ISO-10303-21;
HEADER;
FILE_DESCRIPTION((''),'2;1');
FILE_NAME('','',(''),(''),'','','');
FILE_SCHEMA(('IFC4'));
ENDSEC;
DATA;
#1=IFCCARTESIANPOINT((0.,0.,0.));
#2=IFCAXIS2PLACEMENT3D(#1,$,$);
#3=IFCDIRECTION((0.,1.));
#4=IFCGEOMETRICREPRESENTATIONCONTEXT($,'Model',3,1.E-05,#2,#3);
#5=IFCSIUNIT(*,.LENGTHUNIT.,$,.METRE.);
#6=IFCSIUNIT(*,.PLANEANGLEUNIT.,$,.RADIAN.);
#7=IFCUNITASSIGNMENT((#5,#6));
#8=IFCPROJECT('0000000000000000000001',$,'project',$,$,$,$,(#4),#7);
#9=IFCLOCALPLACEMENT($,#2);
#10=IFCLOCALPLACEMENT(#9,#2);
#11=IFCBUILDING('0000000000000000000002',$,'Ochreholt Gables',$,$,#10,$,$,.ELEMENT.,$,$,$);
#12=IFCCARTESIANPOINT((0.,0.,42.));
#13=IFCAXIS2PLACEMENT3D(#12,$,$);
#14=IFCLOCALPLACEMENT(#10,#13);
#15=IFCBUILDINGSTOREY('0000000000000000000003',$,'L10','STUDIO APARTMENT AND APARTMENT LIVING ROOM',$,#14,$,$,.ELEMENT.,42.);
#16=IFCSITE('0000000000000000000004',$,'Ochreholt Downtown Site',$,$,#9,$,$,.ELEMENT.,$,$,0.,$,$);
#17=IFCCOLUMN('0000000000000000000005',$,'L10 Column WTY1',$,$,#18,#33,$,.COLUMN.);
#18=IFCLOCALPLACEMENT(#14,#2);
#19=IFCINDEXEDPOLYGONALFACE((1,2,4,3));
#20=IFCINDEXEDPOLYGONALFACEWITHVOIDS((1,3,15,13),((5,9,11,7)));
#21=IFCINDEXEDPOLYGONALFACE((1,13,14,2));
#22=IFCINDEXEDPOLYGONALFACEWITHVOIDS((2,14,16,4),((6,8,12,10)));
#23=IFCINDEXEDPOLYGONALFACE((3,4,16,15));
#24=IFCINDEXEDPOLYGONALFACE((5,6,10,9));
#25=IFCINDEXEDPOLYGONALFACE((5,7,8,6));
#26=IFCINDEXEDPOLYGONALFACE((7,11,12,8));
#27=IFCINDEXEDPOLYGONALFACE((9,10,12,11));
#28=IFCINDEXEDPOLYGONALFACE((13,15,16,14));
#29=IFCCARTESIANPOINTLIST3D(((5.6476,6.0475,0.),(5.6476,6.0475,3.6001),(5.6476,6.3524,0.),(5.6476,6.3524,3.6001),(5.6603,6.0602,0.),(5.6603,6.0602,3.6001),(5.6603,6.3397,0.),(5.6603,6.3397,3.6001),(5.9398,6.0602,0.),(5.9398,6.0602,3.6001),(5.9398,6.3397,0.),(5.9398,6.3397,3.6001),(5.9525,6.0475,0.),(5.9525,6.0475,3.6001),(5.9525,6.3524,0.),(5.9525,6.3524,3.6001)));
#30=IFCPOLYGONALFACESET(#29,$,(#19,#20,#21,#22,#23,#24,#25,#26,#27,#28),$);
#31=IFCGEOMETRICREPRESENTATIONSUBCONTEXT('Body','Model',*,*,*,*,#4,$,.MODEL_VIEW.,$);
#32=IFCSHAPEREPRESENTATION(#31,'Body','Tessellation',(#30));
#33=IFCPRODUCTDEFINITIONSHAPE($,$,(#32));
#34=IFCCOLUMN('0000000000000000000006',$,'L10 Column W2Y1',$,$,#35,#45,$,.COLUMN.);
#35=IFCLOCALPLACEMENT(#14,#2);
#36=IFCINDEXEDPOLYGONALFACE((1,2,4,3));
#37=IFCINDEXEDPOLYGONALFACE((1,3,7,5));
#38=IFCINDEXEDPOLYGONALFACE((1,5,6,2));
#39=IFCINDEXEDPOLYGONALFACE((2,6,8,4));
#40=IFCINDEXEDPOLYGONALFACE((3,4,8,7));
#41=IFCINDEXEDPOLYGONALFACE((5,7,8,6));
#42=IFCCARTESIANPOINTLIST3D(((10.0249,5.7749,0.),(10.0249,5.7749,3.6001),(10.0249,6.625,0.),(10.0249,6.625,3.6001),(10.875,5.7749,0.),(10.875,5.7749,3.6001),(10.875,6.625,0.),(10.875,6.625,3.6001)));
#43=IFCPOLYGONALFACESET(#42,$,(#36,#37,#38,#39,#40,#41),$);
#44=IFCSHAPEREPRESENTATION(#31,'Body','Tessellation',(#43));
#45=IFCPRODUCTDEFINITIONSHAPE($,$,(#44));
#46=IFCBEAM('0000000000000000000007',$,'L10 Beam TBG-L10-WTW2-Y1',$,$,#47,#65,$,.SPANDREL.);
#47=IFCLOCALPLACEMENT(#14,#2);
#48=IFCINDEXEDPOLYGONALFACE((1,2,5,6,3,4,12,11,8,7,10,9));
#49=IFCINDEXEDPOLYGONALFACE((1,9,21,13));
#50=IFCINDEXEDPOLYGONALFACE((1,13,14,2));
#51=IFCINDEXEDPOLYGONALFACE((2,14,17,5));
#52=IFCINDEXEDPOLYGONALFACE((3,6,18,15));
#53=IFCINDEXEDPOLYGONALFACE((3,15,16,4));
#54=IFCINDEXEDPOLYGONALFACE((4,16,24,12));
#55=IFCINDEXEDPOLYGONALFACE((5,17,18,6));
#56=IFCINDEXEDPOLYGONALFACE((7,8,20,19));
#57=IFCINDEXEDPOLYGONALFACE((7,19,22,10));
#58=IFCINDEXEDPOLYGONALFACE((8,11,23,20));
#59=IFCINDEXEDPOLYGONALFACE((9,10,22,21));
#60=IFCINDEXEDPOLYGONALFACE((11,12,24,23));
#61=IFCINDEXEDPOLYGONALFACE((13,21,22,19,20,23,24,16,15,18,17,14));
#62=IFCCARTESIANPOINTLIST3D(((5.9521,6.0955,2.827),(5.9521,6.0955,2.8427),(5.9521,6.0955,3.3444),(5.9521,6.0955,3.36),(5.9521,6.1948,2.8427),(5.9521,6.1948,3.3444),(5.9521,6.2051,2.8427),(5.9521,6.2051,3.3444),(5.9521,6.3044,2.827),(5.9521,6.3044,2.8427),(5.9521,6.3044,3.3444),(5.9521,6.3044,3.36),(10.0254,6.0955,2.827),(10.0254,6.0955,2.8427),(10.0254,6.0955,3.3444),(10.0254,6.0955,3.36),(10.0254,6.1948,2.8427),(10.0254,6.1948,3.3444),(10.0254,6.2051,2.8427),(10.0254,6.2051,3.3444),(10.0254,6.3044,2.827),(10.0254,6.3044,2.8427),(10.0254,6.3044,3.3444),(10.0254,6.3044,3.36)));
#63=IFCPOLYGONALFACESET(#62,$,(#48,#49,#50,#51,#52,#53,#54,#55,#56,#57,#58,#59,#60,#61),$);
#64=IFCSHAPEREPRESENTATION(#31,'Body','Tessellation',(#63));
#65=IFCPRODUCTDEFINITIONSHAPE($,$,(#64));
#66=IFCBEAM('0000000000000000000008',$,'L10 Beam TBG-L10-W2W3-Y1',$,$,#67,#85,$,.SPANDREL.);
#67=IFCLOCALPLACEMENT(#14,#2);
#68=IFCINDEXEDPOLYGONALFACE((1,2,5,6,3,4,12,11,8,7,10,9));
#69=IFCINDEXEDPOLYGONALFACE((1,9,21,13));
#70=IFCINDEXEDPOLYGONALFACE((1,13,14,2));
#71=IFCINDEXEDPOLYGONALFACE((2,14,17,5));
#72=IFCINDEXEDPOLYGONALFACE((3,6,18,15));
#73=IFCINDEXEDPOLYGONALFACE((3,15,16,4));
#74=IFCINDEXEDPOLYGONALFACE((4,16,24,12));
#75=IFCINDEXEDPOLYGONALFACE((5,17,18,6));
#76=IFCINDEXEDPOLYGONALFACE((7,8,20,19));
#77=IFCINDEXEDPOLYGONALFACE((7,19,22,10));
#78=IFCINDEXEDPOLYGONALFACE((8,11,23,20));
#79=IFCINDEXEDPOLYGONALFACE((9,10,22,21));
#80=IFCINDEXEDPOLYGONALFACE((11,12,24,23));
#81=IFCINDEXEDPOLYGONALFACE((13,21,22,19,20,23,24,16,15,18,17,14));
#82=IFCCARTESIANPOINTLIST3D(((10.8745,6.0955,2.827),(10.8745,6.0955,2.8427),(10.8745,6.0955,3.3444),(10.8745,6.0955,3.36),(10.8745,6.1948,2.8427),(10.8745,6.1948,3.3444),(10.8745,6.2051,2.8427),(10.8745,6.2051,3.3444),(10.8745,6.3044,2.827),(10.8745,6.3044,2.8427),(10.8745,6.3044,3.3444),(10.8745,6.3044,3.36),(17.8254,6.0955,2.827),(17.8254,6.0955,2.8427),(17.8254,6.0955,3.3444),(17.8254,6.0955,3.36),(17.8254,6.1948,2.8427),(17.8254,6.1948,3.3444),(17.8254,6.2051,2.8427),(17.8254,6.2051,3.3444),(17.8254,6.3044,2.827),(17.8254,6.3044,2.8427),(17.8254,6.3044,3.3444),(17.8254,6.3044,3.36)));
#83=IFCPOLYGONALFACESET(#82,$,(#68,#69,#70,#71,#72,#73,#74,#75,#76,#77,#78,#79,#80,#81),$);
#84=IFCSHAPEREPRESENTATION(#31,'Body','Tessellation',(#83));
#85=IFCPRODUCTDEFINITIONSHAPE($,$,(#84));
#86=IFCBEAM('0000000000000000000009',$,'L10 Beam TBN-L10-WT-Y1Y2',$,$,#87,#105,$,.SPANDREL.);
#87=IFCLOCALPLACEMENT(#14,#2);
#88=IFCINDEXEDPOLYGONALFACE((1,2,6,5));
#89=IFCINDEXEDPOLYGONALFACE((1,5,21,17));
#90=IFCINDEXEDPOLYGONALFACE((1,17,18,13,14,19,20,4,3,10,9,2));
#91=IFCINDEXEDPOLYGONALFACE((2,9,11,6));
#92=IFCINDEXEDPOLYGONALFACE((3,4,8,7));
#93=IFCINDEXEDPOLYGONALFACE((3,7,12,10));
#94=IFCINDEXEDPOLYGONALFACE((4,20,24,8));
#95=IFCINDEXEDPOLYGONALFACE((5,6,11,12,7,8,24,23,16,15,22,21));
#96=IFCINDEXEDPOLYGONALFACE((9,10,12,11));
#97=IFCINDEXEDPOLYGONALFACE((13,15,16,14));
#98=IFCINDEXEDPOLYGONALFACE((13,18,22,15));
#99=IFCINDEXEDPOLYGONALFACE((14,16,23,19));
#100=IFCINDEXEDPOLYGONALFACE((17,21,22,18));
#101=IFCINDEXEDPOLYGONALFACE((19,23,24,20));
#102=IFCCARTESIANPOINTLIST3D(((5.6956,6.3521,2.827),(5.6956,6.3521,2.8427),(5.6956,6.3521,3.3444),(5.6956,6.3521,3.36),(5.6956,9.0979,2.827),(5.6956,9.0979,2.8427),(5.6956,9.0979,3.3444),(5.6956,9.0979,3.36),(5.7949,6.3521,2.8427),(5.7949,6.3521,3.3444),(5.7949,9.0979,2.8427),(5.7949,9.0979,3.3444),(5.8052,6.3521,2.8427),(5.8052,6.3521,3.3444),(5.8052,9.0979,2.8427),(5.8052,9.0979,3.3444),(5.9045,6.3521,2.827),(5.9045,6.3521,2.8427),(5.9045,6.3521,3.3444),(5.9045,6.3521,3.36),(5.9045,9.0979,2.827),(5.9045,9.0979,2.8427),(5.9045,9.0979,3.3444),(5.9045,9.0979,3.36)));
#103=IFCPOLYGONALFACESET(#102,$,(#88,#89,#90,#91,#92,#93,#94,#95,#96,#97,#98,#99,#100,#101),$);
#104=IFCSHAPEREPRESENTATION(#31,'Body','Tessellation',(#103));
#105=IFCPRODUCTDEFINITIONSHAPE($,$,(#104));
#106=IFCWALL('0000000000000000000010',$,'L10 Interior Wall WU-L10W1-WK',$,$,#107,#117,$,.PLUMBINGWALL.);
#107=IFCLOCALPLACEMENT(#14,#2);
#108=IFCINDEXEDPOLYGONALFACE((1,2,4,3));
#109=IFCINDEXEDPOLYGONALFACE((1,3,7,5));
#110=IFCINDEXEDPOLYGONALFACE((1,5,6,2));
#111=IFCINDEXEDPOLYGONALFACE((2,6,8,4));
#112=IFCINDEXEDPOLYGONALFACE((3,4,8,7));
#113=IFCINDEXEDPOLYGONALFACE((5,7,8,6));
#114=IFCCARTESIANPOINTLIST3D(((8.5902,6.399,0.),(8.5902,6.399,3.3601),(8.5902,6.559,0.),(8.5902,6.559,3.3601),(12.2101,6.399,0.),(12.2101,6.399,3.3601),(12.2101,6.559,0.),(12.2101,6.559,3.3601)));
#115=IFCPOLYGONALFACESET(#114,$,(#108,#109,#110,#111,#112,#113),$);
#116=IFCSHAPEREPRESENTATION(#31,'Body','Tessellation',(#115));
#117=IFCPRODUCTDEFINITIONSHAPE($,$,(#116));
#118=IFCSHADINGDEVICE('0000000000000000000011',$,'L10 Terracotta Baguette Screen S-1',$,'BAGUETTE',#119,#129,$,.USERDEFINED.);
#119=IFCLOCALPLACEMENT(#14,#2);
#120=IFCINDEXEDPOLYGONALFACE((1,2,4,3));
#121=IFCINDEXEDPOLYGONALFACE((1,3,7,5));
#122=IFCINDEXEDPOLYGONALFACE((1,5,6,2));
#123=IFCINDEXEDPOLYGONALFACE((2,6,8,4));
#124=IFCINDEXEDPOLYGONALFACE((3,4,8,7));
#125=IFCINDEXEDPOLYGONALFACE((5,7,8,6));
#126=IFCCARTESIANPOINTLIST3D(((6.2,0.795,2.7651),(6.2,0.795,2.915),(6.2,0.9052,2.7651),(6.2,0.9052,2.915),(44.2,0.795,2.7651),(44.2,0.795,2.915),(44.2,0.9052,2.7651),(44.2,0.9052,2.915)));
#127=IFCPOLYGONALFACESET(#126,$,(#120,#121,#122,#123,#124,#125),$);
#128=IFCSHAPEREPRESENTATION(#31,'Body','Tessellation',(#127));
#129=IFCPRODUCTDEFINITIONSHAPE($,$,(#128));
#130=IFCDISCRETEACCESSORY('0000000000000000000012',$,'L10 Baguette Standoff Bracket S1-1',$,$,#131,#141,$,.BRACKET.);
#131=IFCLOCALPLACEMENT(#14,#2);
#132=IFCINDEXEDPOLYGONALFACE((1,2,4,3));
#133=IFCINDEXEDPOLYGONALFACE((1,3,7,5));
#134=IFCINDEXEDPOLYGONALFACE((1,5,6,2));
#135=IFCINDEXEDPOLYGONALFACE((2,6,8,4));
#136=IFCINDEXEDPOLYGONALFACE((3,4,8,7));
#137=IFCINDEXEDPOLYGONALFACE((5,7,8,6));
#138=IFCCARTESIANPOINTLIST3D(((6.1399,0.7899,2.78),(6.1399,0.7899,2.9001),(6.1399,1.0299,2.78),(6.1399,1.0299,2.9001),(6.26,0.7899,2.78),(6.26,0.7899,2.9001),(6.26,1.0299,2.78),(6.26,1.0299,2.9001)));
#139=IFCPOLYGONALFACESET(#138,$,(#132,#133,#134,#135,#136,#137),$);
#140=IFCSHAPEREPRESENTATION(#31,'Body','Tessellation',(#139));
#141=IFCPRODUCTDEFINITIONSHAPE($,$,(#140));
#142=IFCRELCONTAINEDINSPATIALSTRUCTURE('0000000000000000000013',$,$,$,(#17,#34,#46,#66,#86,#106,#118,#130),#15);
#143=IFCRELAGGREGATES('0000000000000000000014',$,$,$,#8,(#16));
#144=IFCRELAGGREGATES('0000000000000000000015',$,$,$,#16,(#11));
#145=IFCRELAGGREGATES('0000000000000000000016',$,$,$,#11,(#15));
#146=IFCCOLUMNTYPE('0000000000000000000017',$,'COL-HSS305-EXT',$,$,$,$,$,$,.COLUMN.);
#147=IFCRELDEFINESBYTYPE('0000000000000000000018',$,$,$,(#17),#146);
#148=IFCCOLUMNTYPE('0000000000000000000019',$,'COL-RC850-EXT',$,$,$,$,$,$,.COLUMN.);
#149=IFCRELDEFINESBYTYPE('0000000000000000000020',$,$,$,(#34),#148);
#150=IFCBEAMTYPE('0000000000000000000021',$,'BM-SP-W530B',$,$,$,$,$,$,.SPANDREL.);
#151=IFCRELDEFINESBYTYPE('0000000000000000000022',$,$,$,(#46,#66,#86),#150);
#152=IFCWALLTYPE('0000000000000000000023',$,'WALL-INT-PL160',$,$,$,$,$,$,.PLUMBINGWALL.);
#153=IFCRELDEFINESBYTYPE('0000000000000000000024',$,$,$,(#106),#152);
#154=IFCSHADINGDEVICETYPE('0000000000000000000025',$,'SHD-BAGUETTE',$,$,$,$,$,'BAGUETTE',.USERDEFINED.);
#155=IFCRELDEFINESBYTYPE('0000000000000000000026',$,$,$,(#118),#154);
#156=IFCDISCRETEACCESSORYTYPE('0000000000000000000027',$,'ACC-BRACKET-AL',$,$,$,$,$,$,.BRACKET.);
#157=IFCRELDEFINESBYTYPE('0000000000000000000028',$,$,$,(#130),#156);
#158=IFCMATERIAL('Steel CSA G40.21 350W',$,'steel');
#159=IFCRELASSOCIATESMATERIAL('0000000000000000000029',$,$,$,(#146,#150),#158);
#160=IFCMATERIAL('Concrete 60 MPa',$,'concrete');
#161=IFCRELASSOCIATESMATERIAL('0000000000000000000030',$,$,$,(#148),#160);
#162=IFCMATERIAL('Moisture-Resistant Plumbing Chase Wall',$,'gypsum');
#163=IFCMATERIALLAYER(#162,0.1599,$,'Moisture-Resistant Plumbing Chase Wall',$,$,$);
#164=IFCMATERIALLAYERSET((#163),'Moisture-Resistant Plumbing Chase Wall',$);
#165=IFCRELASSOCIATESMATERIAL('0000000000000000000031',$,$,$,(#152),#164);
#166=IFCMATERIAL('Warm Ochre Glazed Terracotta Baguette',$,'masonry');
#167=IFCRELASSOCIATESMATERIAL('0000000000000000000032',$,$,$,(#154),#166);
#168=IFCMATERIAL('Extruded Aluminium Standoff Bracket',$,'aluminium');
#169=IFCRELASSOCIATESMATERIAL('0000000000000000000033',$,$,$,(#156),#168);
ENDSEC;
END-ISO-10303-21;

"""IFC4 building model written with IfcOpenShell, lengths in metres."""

from ifc_helpers import new_model, si_unit, direction, frame, frame_2d, origin, origin_2d, place, context, subcontext, project, spatial, rectangle, hollow_rectangle, i_section, extrude, material, layer, layer_set, material_profile, profile_set, type_object, element, save


model = new_model("IFC4")

# Units and contexts
model_context = context("Model", 3, precision=1e-05, world=origin(), true_north=direction((0.0, 1.0)))
body_context = subcontext(model_context, "Body", "Model", "MODEL_VIEW")
ifc_project = project(units=[si_unit("LENGTHUNIT", "METRE"), si_unit("PLANEANGLEUNIT", "RADIAN")], contexts=[model_context])

# Site, building, storey
site_placement = place(None, origin())
site = spatial("IfcSite", under=ifc_project, at=site_placement, Name="Ochreholt Downtown Site", CompositionType="ELEMENT", RefElevation=0.0)
building_placement = place(site_placement, origin())
building = spatial("IfcBuilding", under=site, at=building_placement, Name="Ochreholt Gables", CompositionType="ELEMENT")
storey_placement = place(building_placement, frame((0.0, 0.0, 42.0)))
storey = spatial("IfcBuildingStorey", under=building, at=storey_placement, Name="L10", Description="STUDIO APARTMENT AND APARTMENT LIVING ROOM", CompositionType="ELEMENT", Elevation=42.0)

# Columns
ifc_material_1 = material(Name="Steel CSA G40.21 350W", Category="steel")
ifc_material_profile_1 = material_profile(ifc_material_1, hollow_rectangle(XDim=0.3049, YDim=0.3049, WallThickness=0.0127, at=origin_2d()), Name="HSS305X305X13")
ifc_profile_set_1 = profile_set([ifc_material_profile_1], Name="Steel CSA G40.21 350W")
column_type_1 = type_object("IfcColumnType", Name="COL-HSS305-EXT", PredefinedType="COLUMN", material=ifc_profile_set_1)
column_1_placement = place(storey_placement, frame((5.8, 6.2, 0.0), z_axis=(0.0, 0.0, 1.0), x_axis=(1.0, 0.0, 0.0)))
element("IfcColumn", 1, at=column_1_placement, inside=storey, type_object=column_type_1, Name="L10 Column WTY1", PredefinedType="COLUMN", context=body_context, shape_type="SweptSolid", body=[
    extrude(hollow_rectangle(XDim=0.3049, YDim=0.3049, WallThickness=0.0127, at=origin_2d()), origin(), (0.0, 0.0, 1.0), 3.6001),
])
ifc_material_2 = material(Name="Concrete 60 MPa", Category="concrete")
ifc_material_profile_2 = material_profile(ifc_material_2, rectangle(XDim=0.8501, YDim=0.8501, at=origin_2d()), Name="RC850X850")
ifc_profile_set_2 = profile_set([ifc_material_profile_2], Name="Concrete 60 MPa")
column_type_2 = type_object("IfcColumnType", Name="COL-RC850-EXT", PredefinedType="COLUMN", material=ifc_profile_set_2)
column_2_placement = place(storey_placement, frame((10.45, 6.2, 0.0), z_axis=(0.0, 0.0, 1.0), x_axis=(1.0, 0.0, 0.0)))
element("IfcColumn", 2, at=column_2_placement, inside=storey, type_object=column_type_2, Name="L10 Column W2Y1", PredefinedType="COLUMN", context=body_context, shape_type="SweptSolid", body=[
    extrude(rectangle(XDim=0.8501, YDim=0.8501, at=origin_2d()), origin(), (0.0, 0.0, 1.0), 3.6001),
])

# Beams
ifc_material_profile_3 = material_profile(ifc_material_1, i_section(OverallWidth=0.209, OverallDepth=0.533, WebThickness=0.0103, FlangeThickness=0.0156, at=origin_2d()), Name="W530X92")
ifc_profile_set_3 = profile_set([ifc_material_profile_3], Name="Steel CSA G40.21 350W")
beam_type = type_object("IfcBeamType", Name="BM-SP-W530B", PredefinedType="SPANDREL", material=ifc_profile_set_3)
beam_1_placement = place(storey_placement, frame((5.9521, 6.2, 3.0935), z_axis=(1.0, 0.0, 0.0), x_axis=(0.0, 1.0, 0.0)))
element("IfcBeam", 3, at=beam_1_placement, inside=storey, type_object=beam_type, Name="L10 Beam TBG-L10-WTW2-Y1", PredefinedType="SPANDREL", context=body_context, shape_type="SweptSolid", body=[
    extrude(i_section(OverallWidth=0.209, OverallDepth=0.533, WebThickness=0.0103, FlangeThickness=0.0156, at=origin_2d()), origin(), (0.0, 0.0, 1.0), 4.0732),
])
beam_2_placement = place(storey_placement, frame((10.8745, 6.2, 3.0935), z_axis=(1.0, 0.0, 0.0), x_axis=(0.0, 1.0, 0.0)))
element("IfcBeam", 4, at=beam_2_placement, inside=storey, type_object=beam_type, Name="L10 Beam TBG-L10-W2W3-Y1", PredefinedType="SPANDREL", context=body_context, shape_type="SweptSolid", body=[
    extrude(i_section(OverallWidth=0.209, OverallDepth=0.533, WebThickness=0.0103, FlangeThickness=0.0156, at=origin_2d()), origin(), (0.0, 0.0, 1.0), 6.9509),
])
beam_3_placement = place(storey_placement, frame((5.8, 6.3521, 3.0935), z_axis=(0.0, 1.0, 0.0), x_axis=(-1.0, 0.0, 0.0)))
element("IfcBeam", 5, at=beam_3_placement, inside=storey, type_object=beam_type, Name="L10 Beam TBN-L10-WT-Y1Y2", PredefinedType="SPANDREL", context=body_context, shape_type="SweptSolid", body=[
    extrude(i_section(OverallWidth=0.209, OverallDepth=0.533, WebThickness=0.0103, FlangeThickness=0.0156, at=origin_2d()), origin(), (0.0, 0.0, 1.0), 2.7458),
])

# Shared definitions
ifc_material_3 = material(Name="Moisture-Resistant Plumbing Chase Wall", Category="gypsum")
ifc_layer = layer(ifc_material_3, 0.1599, Name="Moisture-Resistant Plumbing Chase Wall")
ifc_layer_set = layer_set([ifc_layer], Name="Moisture-Resistant Plumbing Chase Wall")
wall_type = type_object("IfcWallType", Name="WALL-INT-PL160", PredefinedType="PLUMBINGWALL", material=ifc_layer_set)

# Wall
wall_1_placement = place(storey_placement, frame((8.5901, 6.479, 0.0), z_axis=(0.0, 0.0, 1.0), x_axis=(1.0, 0.0, 0.0)))
element("IfcWall", 6, at=wall_1_placement, inside=storey, type_object=wall_type, Name="L10 Interior Wall WU-L10W1-WK", PredefinedType="PLUMBINGWALL", context=body_context, shape_type="SweptSolid", body=[
    extrude(rectangle(XDim=3.6199, YDim=0.1599, at=frame_2d((1.8101, 0.0))), origin(), (0.0, 0.0, 1.0), 3.3601),
])

# Shading device
ifc_material_4 = material(Name="Warm Ochre Glazed Terracotta Baguette", Category="masonry")
ifc_material_profile_4 = material_profile(ifc_material_4, rectangle(XDim=0.1101, YDim=0.1499, at=origin_2d()), Name="TCBAG110X150")
ifc_profile_set_4 = profile_set([ifc_material_profile_4], Name="Warm Ochre Glazed Terracotta Baguette")
shading_device_type = type_object("IfcShadingDeviceType", Name="SHD-BAGUETTE", ElementType="BAGUETTE", PredefinedType="USERDEFINED", material=ifc_profile_set_4)
shading_device_placement = place(storey_placement, frame((6.2, 0.8501, 2.8401), z_axis=(1.0, 0.0, 0.0), x_axis=(0.0, 1.0, 0.0)))
element("IfcShadingDevice", 7, at=shading_device_placement, inside=storey, type_object=shading_device_type, Name="L10 Terracotta Baguette Screen S-1", ObjectType="BAGUETTE", PredefinedType="USERDEFINED", context=body_context, shape_type="SweptSolid", body=[
    extrude(rectangle(XDim=0.1101, YDim=0.1499, at=origin_2d()), origin(), (0.0, 0.0, 1.0), 38.0),
])

# Discrete accessory
ifc_material_5 = material(Name="Extruded Aluminium Standoff Bracket", Category="aluminium")
discrete_accessory_type = type_object("IfcDiscreteAccessoryType", Name="ACC-BRACKET-AL", PredefinedType="BRACKET", material=ifc_material_5)
discrete_accessory_placement = place(storey_placement, frame((6.2, 0.9099, 2.78), z_axis=(0.0, 0.0, 1.0), x_axis=(1.0, 0.0, 0.0)))
element("IfcDiscreteAccessory", 8, at=discrete_accessory_placement, inside=storey, type_object=discrete_accessory_type, Name="L10 Baguette Standoff Bracket S1-1", PredefinedType="BRACKET", context=body_context, shape_type="SweptSolid", body=[
    extrude(rectangle(XDim=0.1201, YDim=0.24, at=origin_2d()), origin(), (0.0, 0.0, 1.0), 0.1201),
])

save(model, "model.ifc")
